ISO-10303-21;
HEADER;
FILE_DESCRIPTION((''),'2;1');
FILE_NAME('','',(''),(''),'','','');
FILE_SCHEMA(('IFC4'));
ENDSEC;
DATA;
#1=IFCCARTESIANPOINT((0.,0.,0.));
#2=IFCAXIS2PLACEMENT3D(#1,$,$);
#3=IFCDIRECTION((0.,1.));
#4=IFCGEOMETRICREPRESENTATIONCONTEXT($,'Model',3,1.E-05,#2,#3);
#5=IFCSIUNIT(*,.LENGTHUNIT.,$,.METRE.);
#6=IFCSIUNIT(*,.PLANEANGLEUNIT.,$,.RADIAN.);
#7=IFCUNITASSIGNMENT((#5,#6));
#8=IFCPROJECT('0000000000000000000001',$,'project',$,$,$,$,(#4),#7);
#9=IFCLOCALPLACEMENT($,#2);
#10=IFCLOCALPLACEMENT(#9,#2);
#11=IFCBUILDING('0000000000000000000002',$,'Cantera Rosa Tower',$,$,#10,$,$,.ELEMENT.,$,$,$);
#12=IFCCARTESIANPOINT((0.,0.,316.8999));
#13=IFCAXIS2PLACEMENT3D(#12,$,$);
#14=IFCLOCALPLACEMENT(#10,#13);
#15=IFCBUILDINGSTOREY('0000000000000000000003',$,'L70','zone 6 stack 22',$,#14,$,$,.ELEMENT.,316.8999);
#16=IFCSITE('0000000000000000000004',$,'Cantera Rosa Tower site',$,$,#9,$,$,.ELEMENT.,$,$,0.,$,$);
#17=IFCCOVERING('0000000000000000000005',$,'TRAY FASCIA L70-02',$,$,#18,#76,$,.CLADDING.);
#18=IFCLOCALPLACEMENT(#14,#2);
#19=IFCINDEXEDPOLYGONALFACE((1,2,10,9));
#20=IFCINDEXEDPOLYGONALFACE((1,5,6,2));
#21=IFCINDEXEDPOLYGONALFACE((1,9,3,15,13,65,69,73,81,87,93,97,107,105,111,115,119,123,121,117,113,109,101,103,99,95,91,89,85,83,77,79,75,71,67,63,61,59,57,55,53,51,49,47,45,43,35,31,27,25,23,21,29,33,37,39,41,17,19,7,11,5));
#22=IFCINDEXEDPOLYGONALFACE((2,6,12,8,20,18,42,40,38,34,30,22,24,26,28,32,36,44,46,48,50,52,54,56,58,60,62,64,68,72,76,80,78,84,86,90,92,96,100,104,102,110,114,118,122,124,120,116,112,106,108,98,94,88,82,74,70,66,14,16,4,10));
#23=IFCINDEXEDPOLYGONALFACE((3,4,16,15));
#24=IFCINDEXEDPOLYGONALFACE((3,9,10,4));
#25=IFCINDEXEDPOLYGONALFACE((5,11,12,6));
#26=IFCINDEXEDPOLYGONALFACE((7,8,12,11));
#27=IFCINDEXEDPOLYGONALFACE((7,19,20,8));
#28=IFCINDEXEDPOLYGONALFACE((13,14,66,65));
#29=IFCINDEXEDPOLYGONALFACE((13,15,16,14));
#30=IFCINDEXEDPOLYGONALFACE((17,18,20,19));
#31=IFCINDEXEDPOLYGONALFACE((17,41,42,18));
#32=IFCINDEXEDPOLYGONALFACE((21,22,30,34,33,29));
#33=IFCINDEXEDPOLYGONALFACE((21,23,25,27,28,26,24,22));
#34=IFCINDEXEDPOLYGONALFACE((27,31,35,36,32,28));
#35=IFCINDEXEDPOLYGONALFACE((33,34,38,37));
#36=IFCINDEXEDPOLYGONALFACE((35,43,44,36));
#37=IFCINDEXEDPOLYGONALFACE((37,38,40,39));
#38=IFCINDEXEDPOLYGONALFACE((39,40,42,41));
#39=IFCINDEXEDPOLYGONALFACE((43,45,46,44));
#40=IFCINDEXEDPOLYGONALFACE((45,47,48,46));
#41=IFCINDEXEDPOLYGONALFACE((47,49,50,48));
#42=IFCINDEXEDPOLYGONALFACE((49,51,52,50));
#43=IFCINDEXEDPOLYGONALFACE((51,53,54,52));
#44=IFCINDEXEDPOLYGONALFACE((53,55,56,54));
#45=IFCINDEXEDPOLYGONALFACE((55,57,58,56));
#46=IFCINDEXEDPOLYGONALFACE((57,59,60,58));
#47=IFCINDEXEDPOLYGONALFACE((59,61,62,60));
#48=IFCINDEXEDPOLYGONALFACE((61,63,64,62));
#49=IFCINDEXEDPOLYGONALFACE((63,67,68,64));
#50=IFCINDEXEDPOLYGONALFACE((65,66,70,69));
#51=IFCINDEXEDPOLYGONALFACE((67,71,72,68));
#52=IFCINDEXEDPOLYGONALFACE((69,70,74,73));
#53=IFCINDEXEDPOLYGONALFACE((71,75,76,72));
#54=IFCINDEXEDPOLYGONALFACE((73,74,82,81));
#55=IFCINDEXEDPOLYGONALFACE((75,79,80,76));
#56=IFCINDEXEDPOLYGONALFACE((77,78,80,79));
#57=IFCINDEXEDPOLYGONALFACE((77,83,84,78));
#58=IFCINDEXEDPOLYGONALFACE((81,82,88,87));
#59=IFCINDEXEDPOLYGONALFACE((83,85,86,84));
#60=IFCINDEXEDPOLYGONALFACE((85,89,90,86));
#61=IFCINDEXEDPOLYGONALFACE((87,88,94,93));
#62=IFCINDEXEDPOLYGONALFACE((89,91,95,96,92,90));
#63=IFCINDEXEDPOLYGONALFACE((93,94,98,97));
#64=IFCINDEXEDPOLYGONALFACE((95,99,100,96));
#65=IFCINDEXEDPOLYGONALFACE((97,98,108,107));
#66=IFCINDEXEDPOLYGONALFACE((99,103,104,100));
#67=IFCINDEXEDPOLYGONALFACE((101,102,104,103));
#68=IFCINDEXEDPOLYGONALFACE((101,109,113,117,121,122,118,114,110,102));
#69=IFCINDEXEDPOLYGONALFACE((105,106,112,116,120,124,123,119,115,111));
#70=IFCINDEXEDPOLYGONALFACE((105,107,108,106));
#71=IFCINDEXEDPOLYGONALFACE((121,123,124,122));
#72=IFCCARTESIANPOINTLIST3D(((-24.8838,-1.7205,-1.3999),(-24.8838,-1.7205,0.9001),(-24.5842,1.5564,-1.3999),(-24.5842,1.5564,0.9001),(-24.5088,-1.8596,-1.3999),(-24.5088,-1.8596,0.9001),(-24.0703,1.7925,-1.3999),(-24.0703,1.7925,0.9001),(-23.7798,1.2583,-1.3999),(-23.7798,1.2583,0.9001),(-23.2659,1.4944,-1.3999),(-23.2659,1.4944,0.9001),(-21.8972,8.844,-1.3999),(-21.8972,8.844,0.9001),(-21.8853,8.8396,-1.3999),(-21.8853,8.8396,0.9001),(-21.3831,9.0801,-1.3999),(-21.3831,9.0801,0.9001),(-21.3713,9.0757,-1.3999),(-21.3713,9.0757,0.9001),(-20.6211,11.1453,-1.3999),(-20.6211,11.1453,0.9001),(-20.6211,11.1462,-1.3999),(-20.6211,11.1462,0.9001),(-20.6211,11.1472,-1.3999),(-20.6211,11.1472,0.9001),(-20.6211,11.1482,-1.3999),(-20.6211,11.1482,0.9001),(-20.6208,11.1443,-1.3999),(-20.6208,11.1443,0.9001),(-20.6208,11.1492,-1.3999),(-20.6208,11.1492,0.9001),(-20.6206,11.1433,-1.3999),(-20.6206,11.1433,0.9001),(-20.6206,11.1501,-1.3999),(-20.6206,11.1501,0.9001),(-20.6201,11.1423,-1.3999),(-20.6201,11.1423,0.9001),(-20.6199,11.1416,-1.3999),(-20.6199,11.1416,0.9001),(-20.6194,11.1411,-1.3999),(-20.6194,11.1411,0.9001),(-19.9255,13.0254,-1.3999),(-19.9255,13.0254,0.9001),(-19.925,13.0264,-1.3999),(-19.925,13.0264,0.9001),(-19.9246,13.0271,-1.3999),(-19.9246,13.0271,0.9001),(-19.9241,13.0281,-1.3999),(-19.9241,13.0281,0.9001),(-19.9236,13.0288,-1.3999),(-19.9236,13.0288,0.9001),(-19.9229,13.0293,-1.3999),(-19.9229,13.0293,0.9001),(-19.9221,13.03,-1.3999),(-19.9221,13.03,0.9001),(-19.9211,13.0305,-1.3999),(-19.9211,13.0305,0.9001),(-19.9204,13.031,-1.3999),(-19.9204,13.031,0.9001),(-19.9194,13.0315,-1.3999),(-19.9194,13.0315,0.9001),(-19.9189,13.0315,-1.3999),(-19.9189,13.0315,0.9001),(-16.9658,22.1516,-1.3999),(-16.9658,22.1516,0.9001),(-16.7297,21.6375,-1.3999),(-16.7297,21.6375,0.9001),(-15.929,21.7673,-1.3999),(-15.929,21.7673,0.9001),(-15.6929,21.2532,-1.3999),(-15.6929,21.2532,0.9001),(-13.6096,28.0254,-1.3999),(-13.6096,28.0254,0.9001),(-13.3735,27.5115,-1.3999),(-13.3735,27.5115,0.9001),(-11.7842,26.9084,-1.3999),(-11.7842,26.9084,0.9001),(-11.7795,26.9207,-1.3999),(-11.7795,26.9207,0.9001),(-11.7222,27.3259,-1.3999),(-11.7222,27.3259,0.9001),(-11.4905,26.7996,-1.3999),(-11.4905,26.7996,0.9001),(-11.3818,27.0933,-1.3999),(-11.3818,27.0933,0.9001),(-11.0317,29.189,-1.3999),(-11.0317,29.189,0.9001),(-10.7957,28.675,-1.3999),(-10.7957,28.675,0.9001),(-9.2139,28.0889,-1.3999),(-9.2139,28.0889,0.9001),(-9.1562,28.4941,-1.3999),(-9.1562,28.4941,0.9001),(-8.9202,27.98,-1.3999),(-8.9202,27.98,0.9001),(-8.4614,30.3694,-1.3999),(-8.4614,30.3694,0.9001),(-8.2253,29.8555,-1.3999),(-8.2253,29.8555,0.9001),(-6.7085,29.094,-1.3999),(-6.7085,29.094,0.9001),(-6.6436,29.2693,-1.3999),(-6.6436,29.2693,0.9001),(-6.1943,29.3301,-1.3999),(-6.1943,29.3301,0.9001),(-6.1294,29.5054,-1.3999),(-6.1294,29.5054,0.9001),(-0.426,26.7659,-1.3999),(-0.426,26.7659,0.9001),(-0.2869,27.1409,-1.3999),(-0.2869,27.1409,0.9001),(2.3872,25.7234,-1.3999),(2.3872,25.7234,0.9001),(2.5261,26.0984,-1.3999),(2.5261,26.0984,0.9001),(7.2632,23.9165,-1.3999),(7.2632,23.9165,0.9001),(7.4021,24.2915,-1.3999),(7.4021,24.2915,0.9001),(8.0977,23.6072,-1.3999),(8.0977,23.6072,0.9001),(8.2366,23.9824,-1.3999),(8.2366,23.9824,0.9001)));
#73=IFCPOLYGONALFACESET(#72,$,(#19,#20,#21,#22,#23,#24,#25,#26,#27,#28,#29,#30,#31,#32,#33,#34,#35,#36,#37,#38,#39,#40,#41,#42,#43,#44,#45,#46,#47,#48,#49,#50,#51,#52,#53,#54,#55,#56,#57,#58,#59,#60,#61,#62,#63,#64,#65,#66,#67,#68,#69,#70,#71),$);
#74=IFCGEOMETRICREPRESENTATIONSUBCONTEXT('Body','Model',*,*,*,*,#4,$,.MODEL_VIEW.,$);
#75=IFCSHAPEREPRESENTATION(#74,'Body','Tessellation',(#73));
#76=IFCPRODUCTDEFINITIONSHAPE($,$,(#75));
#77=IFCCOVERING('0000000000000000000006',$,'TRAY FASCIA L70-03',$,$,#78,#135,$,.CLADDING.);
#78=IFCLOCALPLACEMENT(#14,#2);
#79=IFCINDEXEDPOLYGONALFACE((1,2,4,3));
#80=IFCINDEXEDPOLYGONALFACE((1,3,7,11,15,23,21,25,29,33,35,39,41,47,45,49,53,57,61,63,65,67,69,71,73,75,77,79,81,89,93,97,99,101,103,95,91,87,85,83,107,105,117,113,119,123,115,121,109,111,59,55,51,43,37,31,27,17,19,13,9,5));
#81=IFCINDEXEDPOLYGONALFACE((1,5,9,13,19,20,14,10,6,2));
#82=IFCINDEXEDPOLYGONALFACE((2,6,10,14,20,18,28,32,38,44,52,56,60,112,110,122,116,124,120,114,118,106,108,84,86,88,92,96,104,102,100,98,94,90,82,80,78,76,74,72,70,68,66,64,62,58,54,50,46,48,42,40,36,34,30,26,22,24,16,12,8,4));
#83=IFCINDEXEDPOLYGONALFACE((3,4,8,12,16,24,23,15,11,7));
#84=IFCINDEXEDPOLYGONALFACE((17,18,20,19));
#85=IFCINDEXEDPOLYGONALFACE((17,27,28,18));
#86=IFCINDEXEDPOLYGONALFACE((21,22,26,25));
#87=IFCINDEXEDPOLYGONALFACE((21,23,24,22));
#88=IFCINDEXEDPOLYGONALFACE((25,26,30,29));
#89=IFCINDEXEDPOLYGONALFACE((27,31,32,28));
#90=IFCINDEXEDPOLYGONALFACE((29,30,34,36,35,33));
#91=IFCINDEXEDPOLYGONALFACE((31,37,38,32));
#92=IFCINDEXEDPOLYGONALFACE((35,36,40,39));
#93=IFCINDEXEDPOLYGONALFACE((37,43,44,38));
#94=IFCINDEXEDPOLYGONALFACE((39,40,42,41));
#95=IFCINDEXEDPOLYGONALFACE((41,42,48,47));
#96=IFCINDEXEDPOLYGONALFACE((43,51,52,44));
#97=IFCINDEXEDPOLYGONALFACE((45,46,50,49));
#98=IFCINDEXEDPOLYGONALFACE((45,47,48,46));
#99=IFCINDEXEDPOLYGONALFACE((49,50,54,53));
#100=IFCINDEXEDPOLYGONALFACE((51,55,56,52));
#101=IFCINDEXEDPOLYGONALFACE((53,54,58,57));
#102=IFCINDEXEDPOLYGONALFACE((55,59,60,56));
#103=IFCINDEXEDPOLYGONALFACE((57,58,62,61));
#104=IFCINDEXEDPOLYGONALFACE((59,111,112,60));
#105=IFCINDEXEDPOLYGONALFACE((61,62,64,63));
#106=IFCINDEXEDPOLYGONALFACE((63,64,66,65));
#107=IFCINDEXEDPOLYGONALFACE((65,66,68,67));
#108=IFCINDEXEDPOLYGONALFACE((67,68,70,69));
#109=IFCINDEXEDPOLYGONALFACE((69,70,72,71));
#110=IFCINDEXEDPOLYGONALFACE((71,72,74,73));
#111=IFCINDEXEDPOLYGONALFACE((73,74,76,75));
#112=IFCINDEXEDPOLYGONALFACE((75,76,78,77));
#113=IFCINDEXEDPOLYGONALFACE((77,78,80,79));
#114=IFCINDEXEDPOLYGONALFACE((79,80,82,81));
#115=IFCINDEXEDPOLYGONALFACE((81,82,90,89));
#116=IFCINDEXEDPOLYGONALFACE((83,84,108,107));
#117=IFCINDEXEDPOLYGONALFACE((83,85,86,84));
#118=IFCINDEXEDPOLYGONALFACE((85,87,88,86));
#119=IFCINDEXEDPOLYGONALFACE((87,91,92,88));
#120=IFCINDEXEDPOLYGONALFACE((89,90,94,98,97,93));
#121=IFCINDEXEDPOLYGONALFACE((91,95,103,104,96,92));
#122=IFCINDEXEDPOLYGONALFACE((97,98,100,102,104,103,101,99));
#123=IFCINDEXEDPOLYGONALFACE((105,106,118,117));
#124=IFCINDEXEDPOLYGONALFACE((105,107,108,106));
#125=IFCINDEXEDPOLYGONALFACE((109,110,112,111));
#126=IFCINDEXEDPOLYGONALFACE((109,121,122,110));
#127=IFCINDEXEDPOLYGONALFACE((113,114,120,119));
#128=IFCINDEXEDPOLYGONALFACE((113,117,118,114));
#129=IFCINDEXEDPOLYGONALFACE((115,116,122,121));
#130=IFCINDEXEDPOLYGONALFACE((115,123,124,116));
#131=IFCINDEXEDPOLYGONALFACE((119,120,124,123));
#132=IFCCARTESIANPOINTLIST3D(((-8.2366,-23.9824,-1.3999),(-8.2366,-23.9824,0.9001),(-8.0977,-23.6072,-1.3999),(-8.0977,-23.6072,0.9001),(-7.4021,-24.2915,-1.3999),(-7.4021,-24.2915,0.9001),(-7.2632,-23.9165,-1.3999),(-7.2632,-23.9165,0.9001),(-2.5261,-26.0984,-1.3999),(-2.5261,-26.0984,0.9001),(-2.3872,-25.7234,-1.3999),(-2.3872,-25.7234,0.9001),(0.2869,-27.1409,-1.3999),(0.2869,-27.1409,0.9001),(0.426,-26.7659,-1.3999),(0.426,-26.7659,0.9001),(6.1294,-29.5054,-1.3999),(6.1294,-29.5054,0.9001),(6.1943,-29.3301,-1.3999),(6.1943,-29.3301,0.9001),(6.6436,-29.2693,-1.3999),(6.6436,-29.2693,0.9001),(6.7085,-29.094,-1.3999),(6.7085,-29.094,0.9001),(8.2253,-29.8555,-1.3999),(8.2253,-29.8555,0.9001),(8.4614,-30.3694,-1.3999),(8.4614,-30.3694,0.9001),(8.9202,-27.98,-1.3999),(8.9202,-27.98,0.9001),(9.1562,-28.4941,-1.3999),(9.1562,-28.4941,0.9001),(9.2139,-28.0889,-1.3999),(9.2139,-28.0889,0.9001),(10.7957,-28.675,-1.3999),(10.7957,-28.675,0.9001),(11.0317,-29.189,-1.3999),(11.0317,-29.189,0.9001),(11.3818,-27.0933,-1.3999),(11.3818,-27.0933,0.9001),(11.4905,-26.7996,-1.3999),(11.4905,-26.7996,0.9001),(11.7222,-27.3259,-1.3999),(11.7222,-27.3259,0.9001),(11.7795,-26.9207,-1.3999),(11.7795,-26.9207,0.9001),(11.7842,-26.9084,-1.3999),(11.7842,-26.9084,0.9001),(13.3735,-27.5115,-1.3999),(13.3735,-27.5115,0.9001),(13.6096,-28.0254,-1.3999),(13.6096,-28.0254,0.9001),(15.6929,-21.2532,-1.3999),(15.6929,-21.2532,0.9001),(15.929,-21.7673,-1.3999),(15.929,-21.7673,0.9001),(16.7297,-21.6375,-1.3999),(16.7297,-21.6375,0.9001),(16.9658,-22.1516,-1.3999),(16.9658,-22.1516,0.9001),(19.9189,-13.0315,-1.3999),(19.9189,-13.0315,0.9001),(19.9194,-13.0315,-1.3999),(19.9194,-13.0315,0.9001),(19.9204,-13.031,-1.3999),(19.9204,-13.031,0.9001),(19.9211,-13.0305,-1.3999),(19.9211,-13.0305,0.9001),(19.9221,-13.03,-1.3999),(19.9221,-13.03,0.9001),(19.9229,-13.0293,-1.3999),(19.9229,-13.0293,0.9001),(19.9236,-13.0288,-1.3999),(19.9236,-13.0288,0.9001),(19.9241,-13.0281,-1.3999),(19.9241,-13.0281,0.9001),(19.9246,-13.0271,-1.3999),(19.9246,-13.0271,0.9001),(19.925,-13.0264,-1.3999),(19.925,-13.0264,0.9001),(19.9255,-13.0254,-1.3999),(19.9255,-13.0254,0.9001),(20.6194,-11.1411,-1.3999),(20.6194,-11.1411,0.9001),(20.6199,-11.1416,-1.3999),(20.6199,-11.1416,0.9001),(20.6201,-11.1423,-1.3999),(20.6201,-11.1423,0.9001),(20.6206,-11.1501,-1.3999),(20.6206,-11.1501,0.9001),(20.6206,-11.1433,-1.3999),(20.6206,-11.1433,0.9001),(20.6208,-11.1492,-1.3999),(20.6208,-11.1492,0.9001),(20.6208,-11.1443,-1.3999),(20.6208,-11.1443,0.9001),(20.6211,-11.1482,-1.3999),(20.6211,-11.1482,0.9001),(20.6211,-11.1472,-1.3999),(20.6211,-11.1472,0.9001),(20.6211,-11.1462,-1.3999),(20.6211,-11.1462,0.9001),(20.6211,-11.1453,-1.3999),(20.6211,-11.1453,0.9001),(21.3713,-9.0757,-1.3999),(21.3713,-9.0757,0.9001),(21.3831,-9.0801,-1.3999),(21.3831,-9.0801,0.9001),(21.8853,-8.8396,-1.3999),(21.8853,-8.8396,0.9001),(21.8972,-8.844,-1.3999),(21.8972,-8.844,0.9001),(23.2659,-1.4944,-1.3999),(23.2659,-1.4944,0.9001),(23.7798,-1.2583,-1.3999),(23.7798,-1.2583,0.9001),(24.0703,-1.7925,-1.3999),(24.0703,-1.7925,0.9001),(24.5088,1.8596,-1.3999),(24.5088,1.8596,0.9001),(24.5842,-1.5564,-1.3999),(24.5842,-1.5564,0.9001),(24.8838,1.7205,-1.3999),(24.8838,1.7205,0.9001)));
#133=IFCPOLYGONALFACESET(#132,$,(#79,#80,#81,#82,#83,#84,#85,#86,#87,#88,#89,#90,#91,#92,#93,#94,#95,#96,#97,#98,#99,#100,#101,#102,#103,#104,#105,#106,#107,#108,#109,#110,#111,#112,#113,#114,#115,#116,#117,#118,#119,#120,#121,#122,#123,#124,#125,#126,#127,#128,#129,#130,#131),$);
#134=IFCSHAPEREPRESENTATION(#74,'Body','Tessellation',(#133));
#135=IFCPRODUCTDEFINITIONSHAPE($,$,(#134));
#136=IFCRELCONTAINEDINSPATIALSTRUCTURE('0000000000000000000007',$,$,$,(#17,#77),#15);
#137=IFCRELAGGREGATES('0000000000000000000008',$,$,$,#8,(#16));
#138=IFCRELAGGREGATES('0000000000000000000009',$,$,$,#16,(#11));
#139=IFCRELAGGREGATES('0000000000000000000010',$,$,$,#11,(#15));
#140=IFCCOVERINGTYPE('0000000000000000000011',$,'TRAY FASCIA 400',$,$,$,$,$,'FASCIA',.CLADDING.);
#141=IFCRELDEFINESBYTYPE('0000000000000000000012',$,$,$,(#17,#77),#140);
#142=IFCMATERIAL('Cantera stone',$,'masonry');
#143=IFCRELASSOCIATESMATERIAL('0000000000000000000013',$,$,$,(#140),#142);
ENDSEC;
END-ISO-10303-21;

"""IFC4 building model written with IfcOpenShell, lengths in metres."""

from ifc_helpers import new_model, si_unit, direction, frame, origin, place, context, subcontext, project, spatial, polyline, outline, extrude, material, type_object, element, save


model = new_model("IFC4")

# Units and contexts
model_context = context("Model", 3, precision=1e-05, world=origin(), true_north=direction((0.0, 1.0)))
body_context = subcontext(model_context, "Body", "Model", "MODEL_VIEW")
ifc_project = project(units=[si_unit("LENGTHUNIT", "METRE"), si_unit("PLANEANGLEUNIT", "RADIAN")], contexts=[model_context])

# Site, building, storey
site_placement = place(None, origin())
site = spatial("IfcSite", under=ifc_project, at=site_placement, Name="Cantera Rosa Tower site", CompositionType="ELEMENT", RefElevation=0.0)
building_placement = place(site_placement, origin())
building = spatial("IfcBuilding", under=site, at=building_placement, Name="Cantera Rosa Tower", CompositionType="ELEMENT")
storey_placement = place(building_placement, frame((0.0, 0.0, 316.8999)))
storey = spatial("IfcBuildingStorey", under=building, at=storey_placement, Name="L70", Description="zone 6 stack 22", CompositionType="ELEMENT", Elevation=316.8999)

# Coverings
ifc_material_1 = material(Name="Cantera stone", Category="masonry")
covering_type_1 = type_object("IfcCoveringType", Name="TRAY FASCIA 400", ElementType="FASCIA", PredefinedType="CLADDING", material=ifc_material_1)
covering_1_placement = place(storey_placement, frame((0.0, 0.0, -1.3999)))
element("IfcCovering", 1, at=covering_1_placement, inside=storey, type_object=covering_type_1, Name="TRAY FASCIA L70-02", PredefinedType="CLADDING", context=body_context, shape_type="SweptSolid", body=[
    extrude(outline(polyline([(-23.7798, 1.2583), (-24.5842, 1.5564), (-21.8853, 8.8396), (-21.8972, 8.844), (-16.9658, 22.1516), (-15.929, 21.7673), (-13.6096, 28.0254), (-11.7222, 27.3259), (-11.0317, 29.189), (-9.1562, 28.4941), (-8.4614, 30.3694), (-6.1294, 29.5054), (-6.1943, 29.3301), (-0.2869, 27.1409), (2.5261, 26.0984), (7.4021, 24.2915), (8.2366, 23.9824), (8.0977, 23.6072), (7.2632, 23.9165), (2.3872, 25.7234), (-0.426, 26.7659), (-6.7085, 29.094), (-6.6436, 29.2693), (-8.2253, 29.8555), (-8.9202, 27.98), (-9.2139, 28.0889), (-10.7957, 28.675), (-11.3818, 27.0933), (-11.4905, 26.7996), (-11.7842, 26.9084), (-11.7795, 26.9207), (-13.3735, 27.5115), (-15.6929, 21.2532), (-16.7297, 21.6375), (-19.9189, 13.0315), (-19.9194, 13.0315), (-19.9204, 13.031), (-19.9211, 13.0305), (-19.9221, 13.03), (-19.9229, 13.0293), (-19.9236, 13.0288), (-19.9241, 13.0281), (-19.9246, 13.0271), (-19.925, 13.0264), (-19.9255, 13.0254), (-20.6206, 11.1501), (-20.6208, 11.1492), (-20.6211, 11.1482), (-20.6211, 11.1472), (-20.6211, 11.1462), (-20.6211, 11.1453), (-20.6208, 11.1443), (-20.6206, 11.1433), (-20.6201, 11.1423), (-20.6199, 11.1416), (-20.6194, 11.1411), (-21.3831, 9.0801), (-21.3713, 9.0757), (-24.0703, 1.7925), (-23.2659, 1.4944), (-24.5088, -1.8596), (-24.8838, -1.7205), (-23.7798, 1.2583)])), origin(), (0.0, 0.0, 1.0), 2.3),
])
covering_2_placement = place(storey_placement, frame((0.0, 0.0, -1.3999)))
element("IfcCovering", 2, at=covering_2_placement, inside=storey, type_object=covering_type_1, Name="TRAY FASCIA L70-03", PredefinedType="CLADDING", context=body_context, shape_type="SweptSolid", body=[
    extrude(outline(polyline([(23.7798, -1.2583), (24.5842, -1.5564), (21.8853, -8.8396), (21.8972, -8.844), (16.9658, -22.1516), (15.929, -21.7673), (13.6096, -28.0254), (11.7222, -27.3259), (11.0317, -29.189), (9.1562, -28.4941), (8.4614, -30.3694), (6.1294, -29.5054), (6.1943, -29.3301), (0.2869, -27.1409), (-2.5261, -26.0984), (-7.4021, -24.2915), (-8.2366, -23.9824), (-8.0977, -23.6072), (-7.2632, -23.9165), (-2.3872, -25.7234), (0.426, -26.7659), (6.7085, -29.094), (6.6436, -29.2693), (8.2253, -29.8555), (8.9202, -27.98), (9.2139, -28.0889), (10.7957, -28.675), (11.3818, -27.0933), (11.4905, -26.7996), (11.7842, -26.9084), (11.7795, -26.9207), (13.3735, -27.5115), (15.6929, -21.2532), (16.7297, -21.6375), (19.9189, -13.0315), (19.9194, -13.0315), (19.9204, -13.031), (19.9211, -13.0305), (19.9221, -13.03), (19.9229, -13.0293), (19.9236, -13.0288), (19.9241, -13.0281), (19.9246, -13.0271), (19.925, -13.0264), (19.9255, -13.0254), (20.6206, -11.1501), (20.6208, -11.1492), (20.6211, -11.1482), (20.6211, -11.1472), (20.6211, -11.1462), (20.6211, -11.1453), (20.6208, -11.1443), (20.6206, -11.1433), (20.6201, -11.1423), (20.6199, -11.1416), (20.6194, -11.1411), (21.3831, -9.0801), (21.3713, -9.0757), (24.0703, -1.7925), (23.2659, -1.4944), (24.5088, 1.8596), (24.8838, 1.7205), (23.7798, -1.2583)])), origin(), (0.0, 0.0, 1.0), 2.3),
])

save(model, "model.ifc")
